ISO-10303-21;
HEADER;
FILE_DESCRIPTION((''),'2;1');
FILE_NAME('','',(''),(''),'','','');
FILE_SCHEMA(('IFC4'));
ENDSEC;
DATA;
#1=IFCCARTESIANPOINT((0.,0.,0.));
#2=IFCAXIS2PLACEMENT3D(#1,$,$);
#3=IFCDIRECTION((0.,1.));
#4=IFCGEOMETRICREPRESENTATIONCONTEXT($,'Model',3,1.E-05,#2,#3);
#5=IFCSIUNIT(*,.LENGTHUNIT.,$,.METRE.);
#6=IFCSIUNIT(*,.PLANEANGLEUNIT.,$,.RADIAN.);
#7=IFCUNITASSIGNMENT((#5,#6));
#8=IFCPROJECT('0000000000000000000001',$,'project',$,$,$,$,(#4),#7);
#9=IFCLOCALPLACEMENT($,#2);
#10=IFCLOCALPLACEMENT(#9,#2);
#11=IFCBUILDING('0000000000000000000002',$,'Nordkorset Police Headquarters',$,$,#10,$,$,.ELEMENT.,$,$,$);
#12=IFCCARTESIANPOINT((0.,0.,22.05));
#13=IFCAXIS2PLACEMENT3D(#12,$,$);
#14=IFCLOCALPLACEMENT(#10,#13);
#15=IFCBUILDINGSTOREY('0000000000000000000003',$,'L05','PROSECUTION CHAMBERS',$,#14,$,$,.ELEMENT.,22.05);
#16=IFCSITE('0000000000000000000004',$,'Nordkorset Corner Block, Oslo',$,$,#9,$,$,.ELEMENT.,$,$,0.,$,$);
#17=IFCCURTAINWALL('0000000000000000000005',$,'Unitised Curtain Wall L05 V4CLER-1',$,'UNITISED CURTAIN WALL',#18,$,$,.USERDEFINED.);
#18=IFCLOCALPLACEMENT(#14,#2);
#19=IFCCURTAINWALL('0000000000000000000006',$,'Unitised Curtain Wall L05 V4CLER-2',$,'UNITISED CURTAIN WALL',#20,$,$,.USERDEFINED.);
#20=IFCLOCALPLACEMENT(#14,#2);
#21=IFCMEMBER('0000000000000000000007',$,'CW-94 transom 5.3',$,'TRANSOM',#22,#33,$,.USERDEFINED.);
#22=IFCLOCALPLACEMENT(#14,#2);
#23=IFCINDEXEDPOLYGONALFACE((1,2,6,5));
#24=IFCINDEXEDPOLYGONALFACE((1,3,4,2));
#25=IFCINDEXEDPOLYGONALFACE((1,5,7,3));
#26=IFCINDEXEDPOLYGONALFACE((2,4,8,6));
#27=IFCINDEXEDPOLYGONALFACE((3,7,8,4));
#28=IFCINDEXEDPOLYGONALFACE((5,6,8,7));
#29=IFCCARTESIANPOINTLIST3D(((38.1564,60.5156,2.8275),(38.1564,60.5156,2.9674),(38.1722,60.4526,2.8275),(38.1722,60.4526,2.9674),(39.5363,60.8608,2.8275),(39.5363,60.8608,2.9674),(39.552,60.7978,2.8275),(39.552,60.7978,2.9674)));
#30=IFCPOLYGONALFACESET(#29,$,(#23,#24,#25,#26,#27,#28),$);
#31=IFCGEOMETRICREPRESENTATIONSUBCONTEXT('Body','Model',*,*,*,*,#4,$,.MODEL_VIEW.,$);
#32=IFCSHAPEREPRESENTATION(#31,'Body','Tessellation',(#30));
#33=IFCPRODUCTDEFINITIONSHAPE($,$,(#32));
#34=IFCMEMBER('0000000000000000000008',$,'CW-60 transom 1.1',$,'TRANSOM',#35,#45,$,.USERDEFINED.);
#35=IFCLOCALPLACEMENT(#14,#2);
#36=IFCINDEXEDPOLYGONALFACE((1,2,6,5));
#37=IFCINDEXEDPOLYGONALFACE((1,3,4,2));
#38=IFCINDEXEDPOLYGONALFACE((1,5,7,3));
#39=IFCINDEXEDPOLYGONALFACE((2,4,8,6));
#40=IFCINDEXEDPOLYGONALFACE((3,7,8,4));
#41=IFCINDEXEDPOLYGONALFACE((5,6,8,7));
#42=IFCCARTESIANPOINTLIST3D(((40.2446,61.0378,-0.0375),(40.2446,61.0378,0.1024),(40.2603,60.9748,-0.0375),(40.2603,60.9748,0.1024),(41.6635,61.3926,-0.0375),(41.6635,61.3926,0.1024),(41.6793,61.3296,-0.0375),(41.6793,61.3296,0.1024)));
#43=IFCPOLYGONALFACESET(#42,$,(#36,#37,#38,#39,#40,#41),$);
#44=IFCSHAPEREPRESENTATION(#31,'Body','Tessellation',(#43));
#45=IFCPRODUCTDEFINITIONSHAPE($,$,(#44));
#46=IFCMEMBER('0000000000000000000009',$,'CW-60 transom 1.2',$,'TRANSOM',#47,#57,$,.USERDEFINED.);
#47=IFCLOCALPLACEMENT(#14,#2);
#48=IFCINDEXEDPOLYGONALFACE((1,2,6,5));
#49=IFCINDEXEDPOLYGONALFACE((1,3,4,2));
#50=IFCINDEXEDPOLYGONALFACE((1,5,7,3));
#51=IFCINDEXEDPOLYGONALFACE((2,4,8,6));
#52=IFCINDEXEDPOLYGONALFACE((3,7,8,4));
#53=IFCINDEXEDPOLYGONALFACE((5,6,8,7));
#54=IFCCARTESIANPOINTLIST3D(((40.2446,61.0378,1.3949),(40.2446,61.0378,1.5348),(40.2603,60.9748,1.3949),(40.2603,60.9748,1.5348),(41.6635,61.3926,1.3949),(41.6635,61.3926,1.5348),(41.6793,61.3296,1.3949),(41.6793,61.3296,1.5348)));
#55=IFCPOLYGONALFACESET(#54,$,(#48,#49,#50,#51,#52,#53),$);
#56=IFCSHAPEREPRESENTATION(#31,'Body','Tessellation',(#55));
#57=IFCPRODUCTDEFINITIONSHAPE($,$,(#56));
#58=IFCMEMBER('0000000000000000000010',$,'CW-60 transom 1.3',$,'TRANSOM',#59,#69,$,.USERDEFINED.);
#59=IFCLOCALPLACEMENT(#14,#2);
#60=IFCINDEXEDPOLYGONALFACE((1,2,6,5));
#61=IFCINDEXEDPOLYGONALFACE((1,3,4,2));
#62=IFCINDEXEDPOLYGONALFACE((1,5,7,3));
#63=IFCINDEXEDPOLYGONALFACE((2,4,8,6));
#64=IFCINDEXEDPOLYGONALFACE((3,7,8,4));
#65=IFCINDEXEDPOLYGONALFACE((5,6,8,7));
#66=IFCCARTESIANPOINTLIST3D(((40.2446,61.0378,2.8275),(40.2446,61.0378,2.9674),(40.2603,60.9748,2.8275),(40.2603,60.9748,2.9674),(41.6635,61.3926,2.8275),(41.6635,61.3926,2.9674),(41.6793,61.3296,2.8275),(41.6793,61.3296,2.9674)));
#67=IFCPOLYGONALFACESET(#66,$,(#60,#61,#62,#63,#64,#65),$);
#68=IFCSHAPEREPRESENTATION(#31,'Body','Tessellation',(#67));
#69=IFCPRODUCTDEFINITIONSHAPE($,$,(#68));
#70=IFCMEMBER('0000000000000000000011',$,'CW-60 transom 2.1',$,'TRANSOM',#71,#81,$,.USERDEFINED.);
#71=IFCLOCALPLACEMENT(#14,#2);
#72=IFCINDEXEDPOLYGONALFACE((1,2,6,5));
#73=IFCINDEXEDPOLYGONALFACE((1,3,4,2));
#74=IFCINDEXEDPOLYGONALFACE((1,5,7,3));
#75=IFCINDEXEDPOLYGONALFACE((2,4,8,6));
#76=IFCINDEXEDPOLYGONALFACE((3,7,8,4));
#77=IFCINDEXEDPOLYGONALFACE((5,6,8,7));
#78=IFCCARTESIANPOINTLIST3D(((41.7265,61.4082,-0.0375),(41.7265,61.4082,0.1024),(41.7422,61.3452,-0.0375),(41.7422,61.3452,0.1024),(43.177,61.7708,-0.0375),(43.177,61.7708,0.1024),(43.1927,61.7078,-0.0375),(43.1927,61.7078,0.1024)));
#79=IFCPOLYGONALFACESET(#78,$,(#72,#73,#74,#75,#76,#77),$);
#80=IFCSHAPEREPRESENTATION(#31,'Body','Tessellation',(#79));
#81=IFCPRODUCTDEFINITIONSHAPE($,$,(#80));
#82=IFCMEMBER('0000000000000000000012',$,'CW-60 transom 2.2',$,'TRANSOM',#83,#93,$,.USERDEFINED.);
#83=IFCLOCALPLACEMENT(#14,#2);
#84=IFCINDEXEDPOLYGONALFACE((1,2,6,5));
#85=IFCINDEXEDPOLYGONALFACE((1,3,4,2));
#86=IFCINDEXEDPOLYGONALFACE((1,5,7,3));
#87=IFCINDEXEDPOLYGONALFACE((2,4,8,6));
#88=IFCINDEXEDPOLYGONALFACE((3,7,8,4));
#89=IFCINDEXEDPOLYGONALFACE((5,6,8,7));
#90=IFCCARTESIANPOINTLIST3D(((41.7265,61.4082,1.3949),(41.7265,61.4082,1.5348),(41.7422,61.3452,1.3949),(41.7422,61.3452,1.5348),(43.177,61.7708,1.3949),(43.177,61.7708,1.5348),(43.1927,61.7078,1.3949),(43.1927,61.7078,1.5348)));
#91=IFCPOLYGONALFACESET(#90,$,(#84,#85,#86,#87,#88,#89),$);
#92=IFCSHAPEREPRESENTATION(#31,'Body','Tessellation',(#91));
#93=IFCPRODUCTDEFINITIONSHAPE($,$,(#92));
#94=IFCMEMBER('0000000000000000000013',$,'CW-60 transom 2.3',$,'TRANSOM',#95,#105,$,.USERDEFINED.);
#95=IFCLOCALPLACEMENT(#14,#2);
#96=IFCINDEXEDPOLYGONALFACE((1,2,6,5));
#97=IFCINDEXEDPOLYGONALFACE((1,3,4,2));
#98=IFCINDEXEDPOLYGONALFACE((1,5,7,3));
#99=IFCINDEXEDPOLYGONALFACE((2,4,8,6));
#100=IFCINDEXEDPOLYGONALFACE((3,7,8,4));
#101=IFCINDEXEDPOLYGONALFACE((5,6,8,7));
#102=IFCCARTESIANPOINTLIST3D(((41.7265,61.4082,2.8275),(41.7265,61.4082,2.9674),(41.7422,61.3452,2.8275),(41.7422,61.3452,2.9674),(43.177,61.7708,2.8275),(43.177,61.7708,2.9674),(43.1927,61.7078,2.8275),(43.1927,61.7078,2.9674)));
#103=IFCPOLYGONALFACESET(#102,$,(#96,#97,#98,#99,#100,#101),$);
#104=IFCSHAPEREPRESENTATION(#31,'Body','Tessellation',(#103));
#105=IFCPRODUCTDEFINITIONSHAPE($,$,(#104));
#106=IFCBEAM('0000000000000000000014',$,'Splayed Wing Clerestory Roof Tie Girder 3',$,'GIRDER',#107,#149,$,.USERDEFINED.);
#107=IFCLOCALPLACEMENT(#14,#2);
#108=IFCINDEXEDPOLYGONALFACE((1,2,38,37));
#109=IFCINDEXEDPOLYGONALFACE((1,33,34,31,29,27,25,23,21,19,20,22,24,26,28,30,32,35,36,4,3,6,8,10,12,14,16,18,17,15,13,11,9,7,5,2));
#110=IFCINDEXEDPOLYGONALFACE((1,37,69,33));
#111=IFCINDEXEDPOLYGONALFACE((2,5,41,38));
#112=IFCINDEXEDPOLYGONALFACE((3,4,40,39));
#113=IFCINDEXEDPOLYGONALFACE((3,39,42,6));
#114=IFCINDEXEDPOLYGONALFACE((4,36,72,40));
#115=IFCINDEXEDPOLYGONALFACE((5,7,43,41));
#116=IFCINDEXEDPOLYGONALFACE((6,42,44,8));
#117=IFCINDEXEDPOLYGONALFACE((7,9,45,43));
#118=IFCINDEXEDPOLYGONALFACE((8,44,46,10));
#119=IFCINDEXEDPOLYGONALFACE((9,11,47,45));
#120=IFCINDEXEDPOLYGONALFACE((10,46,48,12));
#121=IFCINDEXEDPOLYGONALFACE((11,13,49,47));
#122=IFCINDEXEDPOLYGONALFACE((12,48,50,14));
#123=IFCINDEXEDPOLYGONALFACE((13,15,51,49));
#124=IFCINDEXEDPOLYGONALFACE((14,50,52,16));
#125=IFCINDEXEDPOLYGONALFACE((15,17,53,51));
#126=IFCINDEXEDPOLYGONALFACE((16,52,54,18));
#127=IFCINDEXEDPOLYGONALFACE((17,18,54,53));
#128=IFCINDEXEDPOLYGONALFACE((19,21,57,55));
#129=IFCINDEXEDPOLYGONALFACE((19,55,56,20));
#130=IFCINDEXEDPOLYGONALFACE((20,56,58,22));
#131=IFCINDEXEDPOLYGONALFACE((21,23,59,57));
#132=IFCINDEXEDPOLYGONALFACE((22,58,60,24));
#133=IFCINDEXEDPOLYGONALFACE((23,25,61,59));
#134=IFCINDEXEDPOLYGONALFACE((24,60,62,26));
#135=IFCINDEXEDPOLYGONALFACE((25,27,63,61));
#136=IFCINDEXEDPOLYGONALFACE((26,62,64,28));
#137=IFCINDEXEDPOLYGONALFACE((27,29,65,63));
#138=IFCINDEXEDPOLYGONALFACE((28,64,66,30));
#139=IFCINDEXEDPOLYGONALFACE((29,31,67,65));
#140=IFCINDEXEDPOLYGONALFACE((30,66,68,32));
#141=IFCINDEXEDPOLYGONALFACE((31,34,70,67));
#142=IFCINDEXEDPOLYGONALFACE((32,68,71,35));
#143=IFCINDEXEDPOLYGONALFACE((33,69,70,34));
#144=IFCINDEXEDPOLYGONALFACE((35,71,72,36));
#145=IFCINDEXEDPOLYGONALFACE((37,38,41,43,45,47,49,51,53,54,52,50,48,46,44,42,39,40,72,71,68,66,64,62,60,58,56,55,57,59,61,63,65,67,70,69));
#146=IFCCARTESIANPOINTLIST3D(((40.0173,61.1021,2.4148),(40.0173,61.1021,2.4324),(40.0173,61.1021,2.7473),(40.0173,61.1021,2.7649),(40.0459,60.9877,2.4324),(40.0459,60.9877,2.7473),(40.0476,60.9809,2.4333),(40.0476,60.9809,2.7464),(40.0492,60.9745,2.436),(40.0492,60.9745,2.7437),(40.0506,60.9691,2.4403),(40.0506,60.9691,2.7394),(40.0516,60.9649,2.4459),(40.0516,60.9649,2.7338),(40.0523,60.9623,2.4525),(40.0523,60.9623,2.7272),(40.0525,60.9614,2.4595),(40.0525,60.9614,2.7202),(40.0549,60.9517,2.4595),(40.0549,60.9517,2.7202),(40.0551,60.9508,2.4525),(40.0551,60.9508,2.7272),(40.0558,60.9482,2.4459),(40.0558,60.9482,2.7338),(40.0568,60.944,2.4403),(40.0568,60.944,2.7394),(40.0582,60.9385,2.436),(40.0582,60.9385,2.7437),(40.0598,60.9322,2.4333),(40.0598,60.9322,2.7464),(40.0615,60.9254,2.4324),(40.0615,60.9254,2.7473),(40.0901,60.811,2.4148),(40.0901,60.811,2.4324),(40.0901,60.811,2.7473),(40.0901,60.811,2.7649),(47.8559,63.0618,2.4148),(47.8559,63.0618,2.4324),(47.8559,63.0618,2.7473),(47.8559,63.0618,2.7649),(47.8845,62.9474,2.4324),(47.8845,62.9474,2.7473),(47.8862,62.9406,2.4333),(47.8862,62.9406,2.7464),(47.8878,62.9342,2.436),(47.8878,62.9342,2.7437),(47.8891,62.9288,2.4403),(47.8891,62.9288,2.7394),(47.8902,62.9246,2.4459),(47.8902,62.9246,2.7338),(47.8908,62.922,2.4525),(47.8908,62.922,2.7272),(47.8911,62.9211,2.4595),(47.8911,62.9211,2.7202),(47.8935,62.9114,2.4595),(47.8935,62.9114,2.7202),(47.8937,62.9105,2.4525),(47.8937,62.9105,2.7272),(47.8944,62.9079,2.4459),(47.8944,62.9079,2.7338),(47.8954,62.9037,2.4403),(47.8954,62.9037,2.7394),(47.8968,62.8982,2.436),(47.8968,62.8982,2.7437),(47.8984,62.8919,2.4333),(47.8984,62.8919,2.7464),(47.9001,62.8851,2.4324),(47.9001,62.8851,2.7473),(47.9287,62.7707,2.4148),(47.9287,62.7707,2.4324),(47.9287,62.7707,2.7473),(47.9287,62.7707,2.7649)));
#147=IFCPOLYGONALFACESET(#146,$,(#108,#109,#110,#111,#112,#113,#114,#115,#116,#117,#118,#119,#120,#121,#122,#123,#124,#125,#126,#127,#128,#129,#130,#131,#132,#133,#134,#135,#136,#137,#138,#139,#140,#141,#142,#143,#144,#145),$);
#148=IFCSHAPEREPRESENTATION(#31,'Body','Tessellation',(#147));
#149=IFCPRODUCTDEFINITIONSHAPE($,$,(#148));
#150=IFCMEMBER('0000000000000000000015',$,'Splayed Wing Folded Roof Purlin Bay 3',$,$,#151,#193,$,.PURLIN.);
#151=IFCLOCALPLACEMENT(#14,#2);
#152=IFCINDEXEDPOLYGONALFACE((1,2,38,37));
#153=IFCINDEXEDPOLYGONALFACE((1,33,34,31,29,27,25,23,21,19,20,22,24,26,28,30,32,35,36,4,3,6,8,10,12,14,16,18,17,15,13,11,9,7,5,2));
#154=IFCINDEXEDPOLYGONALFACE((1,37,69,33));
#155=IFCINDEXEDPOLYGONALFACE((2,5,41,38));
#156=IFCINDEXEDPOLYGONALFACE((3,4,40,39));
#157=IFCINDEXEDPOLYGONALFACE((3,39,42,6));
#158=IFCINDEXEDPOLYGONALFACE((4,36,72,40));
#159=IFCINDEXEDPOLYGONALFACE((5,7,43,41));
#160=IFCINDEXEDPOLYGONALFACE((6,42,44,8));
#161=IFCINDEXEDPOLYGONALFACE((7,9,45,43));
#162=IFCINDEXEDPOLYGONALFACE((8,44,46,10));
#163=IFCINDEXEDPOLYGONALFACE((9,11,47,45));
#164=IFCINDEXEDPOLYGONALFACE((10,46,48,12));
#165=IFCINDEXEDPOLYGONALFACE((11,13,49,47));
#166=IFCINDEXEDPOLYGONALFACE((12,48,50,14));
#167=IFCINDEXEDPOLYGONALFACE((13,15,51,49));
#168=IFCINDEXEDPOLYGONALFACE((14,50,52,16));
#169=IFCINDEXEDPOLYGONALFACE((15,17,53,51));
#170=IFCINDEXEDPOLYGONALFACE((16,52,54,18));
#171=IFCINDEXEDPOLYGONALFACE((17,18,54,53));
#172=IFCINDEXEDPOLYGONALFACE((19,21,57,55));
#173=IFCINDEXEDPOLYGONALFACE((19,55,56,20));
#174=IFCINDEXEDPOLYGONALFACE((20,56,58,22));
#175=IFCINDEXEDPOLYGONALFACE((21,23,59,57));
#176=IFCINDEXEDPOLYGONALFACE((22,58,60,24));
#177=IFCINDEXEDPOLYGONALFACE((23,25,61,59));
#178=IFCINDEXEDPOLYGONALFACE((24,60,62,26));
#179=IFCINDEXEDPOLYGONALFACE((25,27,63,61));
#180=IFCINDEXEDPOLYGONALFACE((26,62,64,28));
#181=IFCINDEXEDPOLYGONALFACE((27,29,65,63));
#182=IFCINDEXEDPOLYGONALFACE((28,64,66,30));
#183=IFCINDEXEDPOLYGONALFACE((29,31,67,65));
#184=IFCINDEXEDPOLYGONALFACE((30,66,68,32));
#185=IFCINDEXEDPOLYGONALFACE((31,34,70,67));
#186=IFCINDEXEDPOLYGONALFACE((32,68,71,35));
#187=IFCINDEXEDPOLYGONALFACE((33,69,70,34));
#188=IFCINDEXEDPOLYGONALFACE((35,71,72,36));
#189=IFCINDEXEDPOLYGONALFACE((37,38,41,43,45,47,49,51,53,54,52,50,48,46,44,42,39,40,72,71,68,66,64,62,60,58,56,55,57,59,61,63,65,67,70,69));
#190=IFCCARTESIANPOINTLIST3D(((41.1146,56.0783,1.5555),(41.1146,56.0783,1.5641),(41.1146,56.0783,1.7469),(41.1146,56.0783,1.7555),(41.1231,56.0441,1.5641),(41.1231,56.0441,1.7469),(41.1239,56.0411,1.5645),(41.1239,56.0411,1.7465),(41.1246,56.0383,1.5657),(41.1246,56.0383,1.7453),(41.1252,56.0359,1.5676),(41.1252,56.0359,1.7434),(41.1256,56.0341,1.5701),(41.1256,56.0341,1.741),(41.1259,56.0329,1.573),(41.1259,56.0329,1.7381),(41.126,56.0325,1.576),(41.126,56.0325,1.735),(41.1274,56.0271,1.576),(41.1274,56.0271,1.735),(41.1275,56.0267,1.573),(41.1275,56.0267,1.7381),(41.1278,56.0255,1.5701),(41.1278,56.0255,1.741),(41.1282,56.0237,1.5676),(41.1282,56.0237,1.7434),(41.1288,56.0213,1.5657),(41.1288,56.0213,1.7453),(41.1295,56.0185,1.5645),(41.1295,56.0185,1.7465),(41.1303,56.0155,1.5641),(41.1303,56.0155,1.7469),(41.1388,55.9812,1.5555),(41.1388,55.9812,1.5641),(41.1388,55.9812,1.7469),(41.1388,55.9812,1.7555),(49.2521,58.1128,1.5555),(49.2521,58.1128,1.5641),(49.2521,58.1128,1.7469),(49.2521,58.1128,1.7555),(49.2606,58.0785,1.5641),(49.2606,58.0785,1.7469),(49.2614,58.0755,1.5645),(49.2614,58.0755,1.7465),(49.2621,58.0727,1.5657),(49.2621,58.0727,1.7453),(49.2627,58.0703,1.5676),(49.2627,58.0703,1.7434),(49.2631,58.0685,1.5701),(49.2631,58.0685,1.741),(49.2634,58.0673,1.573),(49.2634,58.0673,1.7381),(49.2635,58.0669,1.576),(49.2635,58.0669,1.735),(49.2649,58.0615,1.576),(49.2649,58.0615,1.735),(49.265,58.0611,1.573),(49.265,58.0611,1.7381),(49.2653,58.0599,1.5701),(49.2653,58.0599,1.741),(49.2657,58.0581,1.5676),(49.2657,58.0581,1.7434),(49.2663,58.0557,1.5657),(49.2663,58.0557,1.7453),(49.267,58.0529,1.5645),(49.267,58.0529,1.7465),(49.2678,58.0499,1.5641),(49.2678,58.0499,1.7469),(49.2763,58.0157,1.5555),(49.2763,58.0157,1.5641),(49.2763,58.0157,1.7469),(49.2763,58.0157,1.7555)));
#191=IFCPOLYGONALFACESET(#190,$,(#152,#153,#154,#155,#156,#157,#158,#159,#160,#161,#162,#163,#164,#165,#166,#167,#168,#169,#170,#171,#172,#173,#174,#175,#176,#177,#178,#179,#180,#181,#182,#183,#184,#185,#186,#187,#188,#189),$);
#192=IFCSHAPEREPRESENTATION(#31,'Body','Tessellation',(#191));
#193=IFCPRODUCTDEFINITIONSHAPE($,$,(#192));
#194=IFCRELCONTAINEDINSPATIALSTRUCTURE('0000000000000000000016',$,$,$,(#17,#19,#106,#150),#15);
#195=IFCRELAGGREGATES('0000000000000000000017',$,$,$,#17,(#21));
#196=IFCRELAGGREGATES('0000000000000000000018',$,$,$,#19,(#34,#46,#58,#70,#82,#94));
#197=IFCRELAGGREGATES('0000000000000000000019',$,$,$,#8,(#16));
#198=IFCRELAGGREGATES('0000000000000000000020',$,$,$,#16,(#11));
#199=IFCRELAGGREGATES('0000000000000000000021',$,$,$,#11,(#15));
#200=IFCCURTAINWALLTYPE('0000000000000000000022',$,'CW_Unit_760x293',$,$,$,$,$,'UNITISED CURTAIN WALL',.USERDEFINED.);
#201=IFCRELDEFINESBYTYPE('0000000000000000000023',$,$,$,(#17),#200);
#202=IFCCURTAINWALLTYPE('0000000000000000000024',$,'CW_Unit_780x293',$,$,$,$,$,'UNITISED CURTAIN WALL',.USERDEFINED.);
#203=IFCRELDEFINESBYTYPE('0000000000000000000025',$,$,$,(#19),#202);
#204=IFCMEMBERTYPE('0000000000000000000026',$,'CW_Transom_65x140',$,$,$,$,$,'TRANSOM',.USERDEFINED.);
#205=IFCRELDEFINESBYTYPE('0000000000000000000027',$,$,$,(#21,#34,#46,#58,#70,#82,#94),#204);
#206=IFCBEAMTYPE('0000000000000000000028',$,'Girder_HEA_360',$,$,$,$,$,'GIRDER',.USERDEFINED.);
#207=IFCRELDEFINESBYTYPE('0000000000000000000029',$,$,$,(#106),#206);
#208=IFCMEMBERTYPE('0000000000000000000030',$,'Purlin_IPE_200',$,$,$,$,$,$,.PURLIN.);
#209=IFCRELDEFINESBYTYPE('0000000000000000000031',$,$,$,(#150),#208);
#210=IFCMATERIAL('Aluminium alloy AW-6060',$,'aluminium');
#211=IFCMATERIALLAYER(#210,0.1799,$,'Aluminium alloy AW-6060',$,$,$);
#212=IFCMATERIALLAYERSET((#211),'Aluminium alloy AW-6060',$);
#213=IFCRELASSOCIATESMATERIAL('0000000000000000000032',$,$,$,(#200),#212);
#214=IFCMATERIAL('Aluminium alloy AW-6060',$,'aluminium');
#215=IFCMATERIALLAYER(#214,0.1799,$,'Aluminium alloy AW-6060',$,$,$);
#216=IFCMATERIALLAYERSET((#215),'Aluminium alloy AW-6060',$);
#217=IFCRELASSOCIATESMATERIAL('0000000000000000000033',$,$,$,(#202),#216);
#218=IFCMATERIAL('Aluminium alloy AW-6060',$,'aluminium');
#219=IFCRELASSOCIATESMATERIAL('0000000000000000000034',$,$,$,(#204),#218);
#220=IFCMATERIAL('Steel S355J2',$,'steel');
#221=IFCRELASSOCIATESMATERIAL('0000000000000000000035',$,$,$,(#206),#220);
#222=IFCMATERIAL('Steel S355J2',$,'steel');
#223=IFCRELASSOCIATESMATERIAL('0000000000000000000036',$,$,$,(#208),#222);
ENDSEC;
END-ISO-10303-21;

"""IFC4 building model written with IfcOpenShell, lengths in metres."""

from ifc_helpers import new_model, si_unit, direction, frame, origin, origin_2d, place, context, subcontext, project, spatial, rectangle, i_section, extrude, material, layer, layer_set, material_profile, profile_set, type_object, element, aggregate, save


model = new_model("IFC4")

# Units and contexts
model_context = context("Model", 3, precision=1e-05, world=origin(), true_north=direction((0.0, 1.0)))
body_context = subcontext(model_context, "Body", "Model", "MODEL_VIEW")
ifc_project = project(units=[si_unit("LENGTHUNIT", "METRE"), si_unit("PLANEANGLEUNIT", "RADIAN")], contexts=[model_context])

# Site, building, storey
site_placement = place(None, origin())
site = spatial("IfcSite", under=ifc_project, at=site_placement, Name="Nordkorset Corner Block, Oslo", CompositionType="ELEMENT", RefElevation=0.0)
building_placement = place(site_placement, origin())
building = spatial("IfcBuilding", under=site, at=building_placement, Name="Nordkorset Police Headquarters", CompositionType="ELEMENT")
storey_placement = place(building_placement, frame((0.0, 0.0, 22.05)))
storey = spatial("IfcBuildingStorey", under=building, at=storey_placement, Name="L05", Description="PROSECUTION CHAMBERS", CompositionType="ELEMENT", Elevation=22.05)

# Curtain walls
ifc_material_1 = material(Name="Aluminium alloy AW-6060", Category="aluminium")
ifc_layer_1 = layer(ifc_material_1, 0.1799, Name="Aluminium alloy AW-6060")
ifc_layer_set_1 = layer_set([ifc_layer_1], Name="Aluminium alloy AW-6060")
curtain_wall_type_1 = type_object("IfcCurtainWallType", Name="CW_Unit_760x293", ElementType="UNITISED CURTAIN WALL", PredefinedType="USERDEFINED", material=ifc_layer_set_1)
curtain_wall_1_placement = place(storey_placement, origin())
curtain_wall_1 = element("IfcCurtainWall", 1, at=curtain_wall_1_placement, inside=storey, type_object=curtain_wall_type_1, Name="Unitised Curtain Wall L05 V4CLER-1", ObjectType="UNITISED CURTAIN WALL", PredefinedType="USERDEFINED")
ifc_material_2 = material(Name="Aluminium alloy AW-6060", Category="aluminium")
ifc_layer_2 = layer(ifc_material_2, 0.1799, Name="Aluminium alloy AW-6060")
ifc_layer_set_2 = layer_set([ifc_layer_2], Name="Aluminium alloy AW-6060")
curtain_wall_type_2 = type_object("IfcCurtainWallType", Name="CW_Unit_780x293", ElementType="UNITISED CURTAIN WALL", PredefinedType="USERDEFINED", material=ifc_layer_set_2)
curtain_wall_2_placement = place(storey_placement, origin())
curtain_wall_2 = element("IfcCurtainWall", 2, at=curtain_wall_2_placement, inside=storey, type_object=curtain_wall_type_2, Name="Unitised Curtain Wall L05 V4CLER-2", ObjectType="UNITISED CURTAIN WALL", PredefinedType="USERDEFINED")

# Members
ifc_material_3 = material(Name="Aluminium alloy AW-6060", Category="aluminium")
ifc_material_profile_1 = material_profile(ifc_material_3, rectangle(XDim=0.0649, YDim=0.1399, at=origin_2d()), Name="ALU TRAN 65x140")
ifc_profile_set_1 = profile_set([ifc_material_profile_1], Name="Aluminium alloy AW-6060")
member_type_1 = type_object("IfcMemberType", Name="CW_Transom_65x140", ElementType="TRANSOM", PredefinedType="USERDEFINED", material=ifc_profile_set_1)
member_1_placement = place(storey_placement, frame((38.1643, 60.4841, 2.8975), z_axis=(0.970102, 0.242697, 0.0), x_axis=(-0.242697, 0.970102, 0.0)))
member_1 = element("IfcMember", 3, at=member_1_placement, type_object=member_type_1, Name="CW-94 transom 5.3", ObjectType="TRANSOM", PredefinedType="USERDEFINED", context=body_context, shape_type="SweptSolid", body=[
    extrude(rectangle(XDim=0.0649, YDim=0.1399, at=origin_2d()), origin(), (0.0, 0.0, 1.0), 1.4224),
])
member_2_placement = place(storey_placement, frame((40.2524, 61.0063, 0.0325), z_axis=(0.970143, 0.242536, 0.0), x_axis=(-0.242536, 0.970143, 0.0)))
member_2 = element("IfcMember", 4, at=member_2_placement, type_object=member_type_1, Name="CW-60 transom 1.1", ObjectType="TRANSOM", PredefinedType="USERDEFINED", context=body_context, shape_type="SweptSolid", body=[
    extrude(rectangle(XDim=0.0649, YDim=0.1399, at=origin_2d()), origin(), (0.0, 0.0, 1.0), 1.4626),
])
member_3_placement = place(storey_placement, frame((40.2524, 61.0063, 1.4648), z_axis=(0.970143, 0.242536, 0.0), x_axis=(-0.242536, 0.970143, 0.0)))
member_3 = element("IfcMember", 5, at=member_3_placement, type_object=member_type_1, Name="CW-60 transom 1.2", ObjectType="TRANSOM", PredefinedType="USERDEFINED", context=body_context, shape_type="SweptSolid", body=[
    extrude(rectangle(XDim=0.0649, YDim=0.1399, at=origin_2d()), origin(), (0.0, 0.0, 1.0), 1.4626),
])
member_4_placement = place(storey_placement, frame((40.2524, 61.0063, 2.8975), z_axis=(0.970143, 0.242536, 0.0), x_axis=(-0.242536, 0.970143, 0.0)))
member_4 = element("IfcMember", 6, at=member_4_placement, type_object=member_type_1, Name="CW-60 transom 1.3", ObjectType="TRANSOM", PredefinedType="USERDEFINED", context=body_context, shape_type="SweptSolid", body=[
    extrude(rectangle(XDim=0.0649, YDim=0.1399, at=origin_2d()), origin(), (0.0, 0.0, 1.0), 1.4626),
])
member_5_placement = place(storey_placement, frame((41.7344, 61.3767, 0.0325), z_axis=(0.970152, 0.242497, 0.0), x_axis=(-0.242497, 0.970152, 0.0)))
member_5 = element("IfcMember", 7, at=member_5_placement, type_object=member_type_1, Name="CW-60 transom 2.1", ObjectType="TRANSOM", PredefinedType="USERDEFINED", context=body_context, shape_type="SweptSolid", body=[
    extrude(rectangle(XDim=0.0649, YDim=0.1399, at=origin_2d()), origin(), (0.0, 0.0, 1.0), 1.4951),
])
member_6_placement = place(storey_placement, frame((41.7344, 61.3767, 1.4648), z_axis=(0.970152, 0.242497, 0.0), x_axis=(-0.242497, 0.970152, 0.0)))
member_6 = element("IfcMember", 8, at=member_6_placement, type_object=member_type_1, Name="CW-60 transom 2.2", ObjectType="TRANSOM", PredefinedType="USERDEFINED", context=body_context, shape_type="SweptSolid", body=[
    extrude(rectangle(XDim=0.0649, YDim=0.1399, at=origin_2d()), origin(), (0.0, 0.0, 1.0), 1.4951),
])
member_7_placement = place(storey_placement, frame((41.7344, 61.3767, 2.8975), z_axis=(0.970152, 0.242497, 0.0), x_axis=(-0.242497, 0.970152, 0.0)))
member_7 = element("IfcMember", 9, at=member_7_placement, type_object=member_type_1, Name="CW-60 transom 2.3", ObjectType="TRANSOM", PredefinedType="USERDEFINED", context=body_context, shape_type="SweptSolid", body=[
    extrude(rectangle(XDim=0.0649, YDim=0.1399, at=origin_2d()), origin(), (0.0, 0.0, 1.0), 1.4951),
])

# Beam
ifc_material_4 = material(Name="Steel S355J2", Category="steel")
ifc_material_profile_2 = material_profile(ifc_material_4, i_section(OverallWidth=0.3, OverallDepth=0.3501, WebThickness=0.01, FlangeThickness=0.0176, FilletRadius=0.0271, at=origin_2d()), Name="HEA 360")
ifc_profile_set_2 = profile_set([ifc_material_profile_2], Name="Steel S355J2")
beam_type = type_object("IfcBeamType", Name="Girder_HEA_360", ElementType="GIRDER", PredefinedType="USERDEFINED", material=ifc_profile_set_2)
beam_placement = place(storey_placement, frame((40.0537, 60.9565, 2.5898), z_axis=(0.970141, 0.242543, 0.0), x_axis=(-0.242543, 0.970141, 0.0)))
element("IfcBeam", 10, at=beam_placement, inside=storey, type_object=beam_type, Name="Splayed Wing Clerestory Roof Tie Girder 3", ObjectType="GIRDER", PredefinedType="USERDEFINED", context=body_context, shape_type="SweptSolid", body=[
    extrude(i_section(OverallWidth=0.3, OverallDepth=0.3501, WebThickness=0.01, FlangeThickness=0.0176, FilletRadius=0.0271, at=origin_2d()), origin(), (0.0, 0.0, 1.0), 8.0798),
])

# Member
ifc_material_5 = material(Name="Steel S355J2", Category="steel")
ifc_material_profile_3 = material_profile(ifc_material_5, i_section(OverallWidth=0.1001, OverallDepth=0.2, WebThickness=0.0056, FlangeThickness=0.0085, FilletRadius=0.012, at=origin_2d()), Name="IPE 200")
ifc_profile_set_3 = profile_set([ifc_material_profile_3], Name="Steel S355J2")
member_type_2 = type_object("IfcMemberType", Name="Purlin_IPE_200", PredefinedType="PURLIN", material=ifc_profile_set_3)
member_8_placement = place(storey_placement, frame((41.1267, 56.0298, 1.6555), z_axis=(0.970141, 0.242542, 0.0), x_axis=(-0.242542, 0.970141, 0.0)))
element("IfcMember", 11, at=member_8_placement, inside=storey, type_object=member_type_2, Name="Splayed Wing Folded Roof Purlin Bay 3", PredefinedType="PURLIN", context=body_context, shape_type="SweptSolid", body=[
    extrude(i_section(OverallWidth=0.1001, OverallDepth=0.2, WebThickness=0.0056, FlangeThickness=0.0085, FilletRadius=0.012, at=origin_2d()), origin(), (0.0, 0.0, 1.0), 8.3879),
])

aggregate(curtain_wall_1, [member_1])
aggregate(curtain_wall_2, [member_2, member_3, member_4, member_5, member_6, member_7])

save(model, "model.ifc")
